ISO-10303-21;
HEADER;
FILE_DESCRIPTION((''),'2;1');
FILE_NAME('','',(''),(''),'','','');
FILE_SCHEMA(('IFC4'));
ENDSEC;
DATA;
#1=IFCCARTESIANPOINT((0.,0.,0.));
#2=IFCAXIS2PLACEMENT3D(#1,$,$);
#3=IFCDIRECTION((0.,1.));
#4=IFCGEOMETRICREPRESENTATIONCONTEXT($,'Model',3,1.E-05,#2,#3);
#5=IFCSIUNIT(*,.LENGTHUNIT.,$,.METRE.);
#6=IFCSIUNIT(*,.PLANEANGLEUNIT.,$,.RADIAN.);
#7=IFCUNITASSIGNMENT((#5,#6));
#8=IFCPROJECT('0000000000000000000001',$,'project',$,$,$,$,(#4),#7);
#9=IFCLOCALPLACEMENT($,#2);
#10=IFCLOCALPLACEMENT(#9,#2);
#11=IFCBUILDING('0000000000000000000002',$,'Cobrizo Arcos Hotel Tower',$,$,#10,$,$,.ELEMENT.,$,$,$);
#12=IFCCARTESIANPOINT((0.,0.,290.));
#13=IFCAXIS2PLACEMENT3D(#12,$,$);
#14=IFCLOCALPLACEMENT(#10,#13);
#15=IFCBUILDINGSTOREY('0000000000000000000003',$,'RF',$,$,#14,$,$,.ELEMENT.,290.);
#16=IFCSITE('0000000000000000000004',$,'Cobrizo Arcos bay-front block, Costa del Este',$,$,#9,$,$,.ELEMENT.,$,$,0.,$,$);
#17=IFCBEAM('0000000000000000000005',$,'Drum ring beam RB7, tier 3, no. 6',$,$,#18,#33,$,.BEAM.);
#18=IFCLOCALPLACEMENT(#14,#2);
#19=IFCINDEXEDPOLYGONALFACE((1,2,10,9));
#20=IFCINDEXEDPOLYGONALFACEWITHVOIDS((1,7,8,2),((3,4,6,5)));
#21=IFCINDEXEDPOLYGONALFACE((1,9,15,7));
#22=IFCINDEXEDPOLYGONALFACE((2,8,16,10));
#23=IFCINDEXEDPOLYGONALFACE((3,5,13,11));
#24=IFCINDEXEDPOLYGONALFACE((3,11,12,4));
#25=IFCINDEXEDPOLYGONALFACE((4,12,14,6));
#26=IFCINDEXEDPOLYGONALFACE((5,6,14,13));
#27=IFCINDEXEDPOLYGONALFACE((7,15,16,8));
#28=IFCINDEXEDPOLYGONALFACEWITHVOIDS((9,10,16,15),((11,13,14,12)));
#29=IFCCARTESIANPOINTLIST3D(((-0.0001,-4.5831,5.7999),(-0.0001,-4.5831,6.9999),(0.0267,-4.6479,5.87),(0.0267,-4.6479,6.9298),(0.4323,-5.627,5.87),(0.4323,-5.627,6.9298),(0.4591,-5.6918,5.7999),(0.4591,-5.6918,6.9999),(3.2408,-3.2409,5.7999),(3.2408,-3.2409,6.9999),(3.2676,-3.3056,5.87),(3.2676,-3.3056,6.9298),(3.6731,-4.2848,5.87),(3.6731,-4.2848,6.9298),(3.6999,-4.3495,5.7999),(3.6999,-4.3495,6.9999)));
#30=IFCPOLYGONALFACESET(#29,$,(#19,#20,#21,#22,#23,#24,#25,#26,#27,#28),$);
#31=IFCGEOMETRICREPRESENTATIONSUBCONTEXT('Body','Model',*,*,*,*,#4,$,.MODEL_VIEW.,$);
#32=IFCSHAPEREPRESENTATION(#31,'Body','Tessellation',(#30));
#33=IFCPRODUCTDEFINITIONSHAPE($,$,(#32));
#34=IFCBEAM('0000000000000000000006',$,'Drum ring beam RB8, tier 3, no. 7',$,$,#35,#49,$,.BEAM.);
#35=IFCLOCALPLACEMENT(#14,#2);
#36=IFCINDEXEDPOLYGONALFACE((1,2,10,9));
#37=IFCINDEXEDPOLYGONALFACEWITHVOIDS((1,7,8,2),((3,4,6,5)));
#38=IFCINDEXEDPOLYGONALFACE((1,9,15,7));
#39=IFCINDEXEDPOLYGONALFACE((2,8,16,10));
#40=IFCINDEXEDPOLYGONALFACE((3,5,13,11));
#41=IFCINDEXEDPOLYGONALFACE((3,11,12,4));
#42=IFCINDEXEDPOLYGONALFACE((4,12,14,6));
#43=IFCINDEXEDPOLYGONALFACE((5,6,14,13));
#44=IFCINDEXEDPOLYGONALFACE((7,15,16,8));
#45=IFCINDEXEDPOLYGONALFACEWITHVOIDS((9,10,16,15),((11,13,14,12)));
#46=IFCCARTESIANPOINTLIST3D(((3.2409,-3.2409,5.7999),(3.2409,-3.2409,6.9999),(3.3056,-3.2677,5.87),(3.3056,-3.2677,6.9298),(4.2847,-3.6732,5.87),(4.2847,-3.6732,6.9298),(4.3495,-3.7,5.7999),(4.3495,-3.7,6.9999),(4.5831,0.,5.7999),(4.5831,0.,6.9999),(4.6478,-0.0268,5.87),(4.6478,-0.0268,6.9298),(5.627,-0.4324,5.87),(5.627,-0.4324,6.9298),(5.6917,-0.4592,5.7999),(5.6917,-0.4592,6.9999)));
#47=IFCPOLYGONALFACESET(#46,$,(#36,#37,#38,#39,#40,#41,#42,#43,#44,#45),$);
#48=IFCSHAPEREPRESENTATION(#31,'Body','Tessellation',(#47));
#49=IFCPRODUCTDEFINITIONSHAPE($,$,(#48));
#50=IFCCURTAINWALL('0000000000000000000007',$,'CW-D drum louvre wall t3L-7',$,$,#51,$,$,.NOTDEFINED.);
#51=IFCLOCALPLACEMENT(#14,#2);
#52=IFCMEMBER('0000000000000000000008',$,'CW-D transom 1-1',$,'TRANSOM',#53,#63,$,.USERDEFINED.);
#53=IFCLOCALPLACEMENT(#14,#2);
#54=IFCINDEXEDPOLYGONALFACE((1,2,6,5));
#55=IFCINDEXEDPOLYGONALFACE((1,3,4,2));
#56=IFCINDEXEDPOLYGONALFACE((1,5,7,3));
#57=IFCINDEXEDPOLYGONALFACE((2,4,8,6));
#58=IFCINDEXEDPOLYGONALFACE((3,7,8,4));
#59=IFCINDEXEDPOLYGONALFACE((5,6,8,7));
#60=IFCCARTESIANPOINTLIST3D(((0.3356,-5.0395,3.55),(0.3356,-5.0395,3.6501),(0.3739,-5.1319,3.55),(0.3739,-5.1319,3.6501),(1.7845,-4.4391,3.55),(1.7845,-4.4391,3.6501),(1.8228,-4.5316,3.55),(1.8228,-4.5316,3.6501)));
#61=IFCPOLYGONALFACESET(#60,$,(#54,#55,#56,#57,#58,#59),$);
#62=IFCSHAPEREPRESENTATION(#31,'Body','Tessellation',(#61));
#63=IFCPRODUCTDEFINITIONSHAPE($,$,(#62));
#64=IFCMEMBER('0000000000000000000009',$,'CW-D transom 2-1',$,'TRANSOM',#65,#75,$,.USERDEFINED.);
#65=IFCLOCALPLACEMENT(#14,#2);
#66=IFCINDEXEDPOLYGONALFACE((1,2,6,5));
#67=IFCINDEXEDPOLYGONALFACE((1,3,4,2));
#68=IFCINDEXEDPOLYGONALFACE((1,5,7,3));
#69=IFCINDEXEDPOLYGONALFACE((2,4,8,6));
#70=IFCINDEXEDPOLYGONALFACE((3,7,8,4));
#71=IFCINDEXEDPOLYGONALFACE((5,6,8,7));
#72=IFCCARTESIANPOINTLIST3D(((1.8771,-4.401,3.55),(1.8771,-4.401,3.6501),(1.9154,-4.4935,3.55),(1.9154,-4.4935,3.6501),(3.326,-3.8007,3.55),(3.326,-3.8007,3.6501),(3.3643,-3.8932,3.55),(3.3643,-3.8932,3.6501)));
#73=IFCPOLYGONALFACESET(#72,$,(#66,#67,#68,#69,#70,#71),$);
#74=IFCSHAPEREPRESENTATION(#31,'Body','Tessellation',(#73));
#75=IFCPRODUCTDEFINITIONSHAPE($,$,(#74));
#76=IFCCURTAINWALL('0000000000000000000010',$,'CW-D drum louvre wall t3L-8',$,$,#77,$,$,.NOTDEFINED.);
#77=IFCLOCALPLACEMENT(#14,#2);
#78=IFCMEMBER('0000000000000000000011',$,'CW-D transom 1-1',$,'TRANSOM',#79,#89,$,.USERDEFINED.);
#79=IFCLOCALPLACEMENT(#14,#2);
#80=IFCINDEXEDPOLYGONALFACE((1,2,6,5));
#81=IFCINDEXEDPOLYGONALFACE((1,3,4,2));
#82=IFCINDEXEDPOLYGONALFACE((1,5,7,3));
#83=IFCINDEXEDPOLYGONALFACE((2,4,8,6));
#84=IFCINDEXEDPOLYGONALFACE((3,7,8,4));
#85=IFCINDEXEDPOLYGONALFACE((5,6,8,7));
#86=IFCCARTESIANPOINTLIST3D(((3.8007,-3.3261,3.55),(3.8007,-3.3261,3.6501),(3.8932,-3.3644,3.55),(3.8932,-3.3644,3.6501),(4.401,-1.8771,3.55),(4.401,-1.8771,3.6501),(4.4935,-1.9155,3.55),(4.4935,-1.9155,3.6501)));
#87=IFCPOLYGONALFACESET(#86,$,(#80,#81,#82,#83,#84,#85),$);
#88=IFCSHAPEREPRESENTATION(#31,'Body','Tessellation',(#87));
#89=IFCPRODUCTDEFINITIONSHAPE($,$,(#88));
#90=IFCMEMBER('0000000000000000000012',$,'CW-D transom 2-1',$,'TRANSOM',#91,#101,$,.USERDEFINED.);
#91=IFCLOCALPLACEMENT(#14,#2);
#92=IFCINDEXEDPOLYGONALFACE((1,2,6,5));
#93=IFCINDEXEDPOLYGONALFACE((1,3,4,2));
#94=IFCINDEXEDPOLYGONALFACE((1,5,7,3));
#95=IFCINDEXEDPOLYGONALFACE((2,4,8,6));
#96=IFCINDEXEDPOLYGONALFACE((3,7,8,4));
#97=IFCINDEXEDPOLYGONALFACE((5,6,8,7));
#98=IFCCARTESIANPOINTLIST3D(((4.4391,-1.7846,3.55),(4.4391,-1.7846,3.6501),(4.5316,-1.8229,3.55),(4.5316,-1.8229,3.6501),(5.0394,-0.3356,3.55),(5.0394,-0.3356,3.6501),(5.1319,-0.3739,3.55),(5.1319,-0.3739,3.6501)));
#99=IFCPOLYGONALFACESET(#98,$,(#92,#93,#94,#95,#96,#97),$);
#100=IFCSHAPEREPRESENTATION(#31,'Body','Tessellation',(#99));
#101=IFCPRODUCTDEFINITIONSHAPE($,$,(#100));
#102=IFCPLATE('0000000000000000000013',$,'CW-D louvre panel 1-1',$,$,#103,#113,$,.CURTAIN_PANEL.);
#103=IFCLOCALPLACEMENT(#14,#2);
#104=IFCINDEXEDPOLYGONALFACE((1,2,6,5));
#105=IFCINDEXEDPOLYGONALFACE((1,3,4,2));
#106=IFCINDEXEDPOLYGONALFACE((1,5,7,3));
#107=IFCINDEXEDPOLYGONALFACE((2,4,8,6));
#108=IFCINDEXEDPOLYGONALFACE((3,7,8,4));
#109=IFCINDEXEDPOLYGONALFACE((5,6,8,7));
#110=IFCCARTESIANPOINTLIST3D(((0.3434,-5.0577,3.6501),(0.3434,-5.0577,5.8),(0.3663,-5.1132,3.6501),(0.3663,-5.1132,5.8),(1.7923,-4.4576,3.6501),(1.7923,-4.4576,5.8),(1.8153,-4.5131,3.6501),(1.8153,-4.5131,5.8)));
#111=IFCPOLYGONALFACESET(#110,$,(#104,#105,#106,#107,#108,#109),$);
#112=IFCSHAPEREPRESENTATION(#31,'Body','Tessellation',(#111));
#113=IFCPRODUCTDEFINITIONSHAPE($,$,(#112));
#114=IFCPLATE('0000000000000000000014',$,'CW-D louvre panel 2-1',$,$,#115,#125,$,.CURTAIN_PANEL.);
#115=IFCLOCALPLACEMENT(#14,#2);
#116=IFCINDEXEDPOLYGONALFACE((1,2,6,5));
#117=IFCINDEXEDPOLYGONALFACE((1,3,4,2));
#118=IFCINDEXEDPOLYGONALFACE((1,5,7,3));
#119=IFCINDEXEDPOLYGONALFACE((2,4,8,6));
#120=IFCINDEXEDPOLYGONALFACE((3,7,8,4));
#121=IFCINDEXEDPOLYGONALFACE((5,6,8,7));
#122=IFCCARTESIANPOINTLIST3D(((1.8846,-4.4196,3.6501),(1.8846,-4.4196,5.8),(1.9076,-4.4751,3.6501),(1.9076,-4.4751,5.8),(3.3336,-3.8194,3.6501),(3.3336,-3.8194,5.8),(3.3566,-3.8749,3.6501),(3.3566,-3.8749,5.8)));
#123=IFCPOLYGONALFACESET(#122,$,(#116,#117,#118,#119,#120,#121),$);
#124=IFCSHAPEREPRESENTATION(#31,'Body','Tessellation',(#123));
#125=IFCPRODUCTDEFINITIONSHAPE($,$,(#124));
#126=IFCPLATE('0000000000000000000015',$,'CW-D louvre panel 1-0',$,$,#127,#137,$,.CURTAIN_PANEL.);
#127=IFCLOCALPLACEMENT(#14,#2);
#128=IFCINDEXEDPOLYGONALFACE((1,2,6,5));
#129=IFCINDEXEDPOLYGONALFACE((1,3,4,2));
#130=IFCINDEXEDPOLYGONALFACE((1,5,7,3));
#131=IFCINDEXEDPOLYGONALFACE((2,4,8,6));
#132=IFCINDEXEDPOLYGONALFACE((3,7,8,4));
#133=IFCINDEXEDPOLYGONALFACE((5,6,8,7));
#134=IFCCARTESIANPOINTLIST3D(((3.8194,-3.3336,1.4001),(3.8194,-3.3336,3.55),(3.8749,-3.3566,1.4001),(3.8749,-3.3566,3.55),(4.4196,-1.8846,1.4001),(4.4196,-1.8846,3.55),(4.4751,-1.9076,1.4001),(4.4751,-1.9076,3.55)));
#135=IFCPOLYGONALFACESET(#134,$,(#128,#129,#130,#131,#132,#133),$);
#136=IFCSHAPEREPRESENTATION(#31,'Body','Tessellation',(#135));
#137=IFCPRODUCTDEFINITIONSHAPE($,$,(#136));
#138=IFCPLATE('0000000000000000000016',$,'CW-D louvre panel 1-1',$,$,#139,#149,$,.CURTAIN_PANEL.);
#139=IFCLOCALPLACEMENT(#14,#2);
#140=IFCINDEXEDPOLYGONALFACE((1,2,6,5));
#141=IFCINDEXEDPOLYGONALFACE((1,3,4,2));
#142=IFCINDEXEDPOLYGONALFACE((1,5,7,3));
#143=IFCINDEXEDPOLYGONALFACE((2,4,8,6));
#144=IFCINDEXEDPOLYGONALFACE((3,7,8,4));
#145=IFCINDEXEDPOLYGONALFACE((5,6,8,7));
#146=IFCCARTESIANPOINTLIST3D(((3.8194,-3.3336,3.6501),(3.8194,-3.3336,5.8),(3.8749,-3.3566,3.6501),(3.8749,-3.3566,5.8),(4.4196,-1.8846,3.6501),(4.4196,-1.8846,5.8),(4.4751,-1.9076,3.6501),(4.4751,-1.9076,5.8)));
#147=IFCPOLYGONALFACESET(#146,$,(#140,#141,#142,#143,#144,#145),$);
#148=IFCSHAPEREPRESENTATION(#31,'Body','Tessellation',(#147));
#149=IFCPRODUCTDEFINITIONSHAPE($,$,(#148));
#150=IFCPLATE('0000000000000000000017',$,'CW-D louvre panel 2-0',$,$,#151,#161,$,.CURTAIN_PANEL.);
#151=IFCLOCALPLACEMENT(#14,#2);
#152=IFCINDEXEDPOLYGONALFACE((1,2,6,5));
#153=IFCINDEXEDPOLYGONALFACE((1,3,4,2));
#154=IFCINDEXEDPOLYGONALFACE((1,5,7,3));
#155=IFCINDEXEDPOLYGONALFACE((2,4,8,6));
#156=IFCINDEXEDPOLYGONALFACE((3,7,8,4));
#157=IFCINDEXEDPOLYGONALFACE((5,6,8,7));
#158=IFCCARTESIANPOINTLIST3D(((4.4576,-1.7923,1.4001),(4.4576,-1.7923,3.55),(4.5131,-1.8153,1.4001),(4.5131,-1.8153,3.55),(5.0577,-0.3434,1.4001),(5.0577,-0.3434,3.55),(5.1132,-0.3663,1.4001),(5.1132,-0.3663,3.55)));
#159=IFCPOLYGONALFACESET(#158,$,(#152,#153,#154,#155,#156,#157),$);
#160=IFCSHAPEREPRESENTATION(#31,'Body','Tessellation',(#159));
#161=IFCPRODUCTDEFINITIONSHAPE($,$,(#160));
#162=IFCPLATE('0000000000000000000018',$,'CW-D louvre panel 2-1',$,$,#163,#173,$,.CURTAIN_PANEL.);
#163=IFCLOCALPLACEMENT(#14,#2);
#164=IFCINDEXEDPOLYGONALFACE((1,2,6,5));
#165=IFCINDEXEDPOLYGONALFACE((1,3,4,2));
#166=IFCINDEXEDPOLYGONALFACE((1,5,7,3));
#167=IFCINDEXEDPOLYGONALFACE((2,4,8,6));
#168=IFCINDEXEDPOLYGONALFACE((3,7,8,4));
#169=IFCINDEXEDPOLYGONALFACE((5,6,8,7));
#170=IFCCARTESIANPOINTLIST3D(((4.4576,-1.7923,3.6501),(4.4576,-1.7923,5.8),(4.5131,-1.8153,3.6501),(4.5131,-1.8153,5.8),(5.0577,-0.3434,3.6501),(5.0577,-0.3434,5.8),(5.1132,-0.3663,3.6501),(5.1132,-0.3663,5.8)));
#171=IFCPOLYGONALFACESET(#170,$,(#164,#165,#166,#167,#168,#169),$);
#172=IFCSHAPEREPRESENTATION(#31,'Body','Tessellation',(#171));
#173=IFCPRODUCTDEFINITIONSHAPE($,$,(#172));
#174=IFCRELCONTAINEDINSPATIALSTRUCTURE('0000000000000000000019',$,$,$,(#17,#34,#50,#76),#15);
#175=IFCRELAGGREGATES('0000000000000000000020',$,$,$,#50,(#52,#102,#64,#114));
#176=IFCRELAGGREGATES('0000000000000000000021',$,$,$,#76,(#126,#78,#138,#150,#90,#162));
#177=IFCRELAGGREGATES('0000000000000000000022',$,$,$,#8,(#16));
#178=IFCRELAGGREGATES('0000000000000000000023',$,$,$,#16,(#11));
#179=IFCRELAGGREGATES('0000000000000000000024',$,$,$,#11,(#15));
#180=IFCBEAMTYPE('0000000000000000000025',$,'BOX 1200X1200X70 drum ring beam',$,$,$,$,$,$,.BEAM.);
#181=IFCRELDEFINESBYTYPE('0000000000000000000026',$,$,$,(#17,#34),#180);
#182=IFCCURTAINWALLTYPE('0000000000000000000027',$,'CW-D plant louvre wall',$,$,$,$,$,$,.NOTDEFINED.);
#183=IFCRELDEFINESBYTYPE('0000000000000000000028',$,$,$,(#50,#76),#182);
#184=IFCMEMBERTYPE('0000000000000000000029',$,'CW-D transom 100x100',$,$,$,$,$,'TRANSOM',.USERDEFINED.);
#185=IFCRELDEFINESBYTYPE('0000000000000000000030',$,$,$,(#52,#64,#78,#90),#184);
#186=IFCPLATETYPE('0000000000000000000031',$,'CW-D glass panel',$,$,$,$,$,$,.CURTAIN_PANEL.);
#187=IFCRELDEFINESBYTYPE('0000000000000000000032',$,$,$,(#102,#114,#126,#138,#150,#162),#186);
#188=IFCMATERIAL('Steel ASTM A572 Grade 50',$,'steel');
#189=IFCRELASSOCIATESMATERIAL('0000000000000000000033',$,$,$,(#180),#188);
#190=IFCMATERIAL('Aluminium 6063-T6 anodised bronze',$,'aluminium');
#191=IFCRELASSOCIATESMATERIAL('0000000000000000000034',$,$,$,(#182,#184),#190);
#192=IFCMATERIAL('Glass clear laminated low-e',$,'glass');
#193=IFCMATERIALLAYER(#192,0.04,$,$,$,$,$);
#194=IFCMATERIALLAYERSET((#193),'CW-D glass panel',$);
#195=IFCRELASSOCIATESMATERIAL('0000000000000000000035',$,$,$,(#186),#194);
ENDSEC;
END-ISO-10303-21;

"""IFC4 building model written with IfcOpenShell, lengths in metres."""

from ifc_helpers import new_model, si_unit, direction, frame, origin, origin_2d, place, context, subcontext, project, spatial, rectangle, hollow_rectangle, extrude, material, layer, layer_set, material_profile, profile_set, type_object, element, aggregate, save


model = new_model("IFC4")

# Units and contexts
model_context = context("Model", 3, precision=1e-05, world=origin(), true_north=direction((0.0, 1.0)))
body_context = subcontext(model_context, "Body", "Model", "MODEL_VIEW")
ifc_project = project(units=[si_unit("LENGTHUNIT", "METRE"), si_unit("PLANEANGLEUNIT", "RADIAN")], contexts=[model_context])

# Site, building, storey
site_placement = place(None, origin())
site = spatial("IfcSite", under=ifc_project, at=site_placement, Name="Cobrizo Arcos bay-front block, Costa del Este", CompositionType="ELEMENT", RefElevation=0.0)
building_placement = place(site_placement, origin())
building = spatial("IfcBuilding", under=site, at=building_placement, Name="Cobrizo Arcos Hotel Tower", CompositionType="ELEMENT")
storey_placement = place(building_placement, frame((0.0, 0.0, 290.0)))
storey = spatial("IfcBuildingStorey", under=building, at=storey_placement, Name="RF", CompositionType="ELEMENT", Elevation=290.0)

# Beams
ifc_material_1 = material(Name="Steel ASTM A572 Grade 50", Category="steel")
ifc_material_profile_1 = material_profile(ifc_material_1, hollow_rectangle(XDim=1.2, YDim=1.2, WallThickness=0.0701, at=origin_2d()), Name="BOX 1200X1200X70")
ifc_profile_set_1 = profile_set([ifc_material_profile_1], Name="Steel ASTM A572 Grade 50")
beam_type = type_object("IfcBeamType", Name="BOX 1200X1200X70 drum ring beam", PredefinedType="BEAM", material=ifc_profile_set_1)
for number, where, z_axis, x_axis, name in (
    (1, (0.2295, -5.1375, 6.3999), (0.923896, 0.382643, 0.0), (-0.382643, 0.923896, 0.0), "Drum ring beam RB7, tier 3, no. 6"),
    (2, (3.7952, -3.4705, 6.3999), (0.382643, 0.923896, 0.0), (-0.923896, 0.382643, 0.0), "Drum ring beam RB8, tier 3, no. 7"),
):
    element("IfcBeam", number, at=place(storey_placement, frame(where, z_axis=z_axis, x_axis=x_axis)), inside=storey, type_object=beam_type, Name=name, PredefinedType="BEAM", context=body_context, shape_type="SweptSolid", body=[
        extrude(hollow_rectangle(XDim=1.2, YDim=1.2, WallThickness=0.0701, at=origin_2d()), origin(), (0.0, 0.0, 1.0), 3.5078),
    ])

# Curtain walls, members
ifc_material_2 = material(Name="Aluminium 6063-T6 anodised bronze", Category="aluminium")
curtain_wall_type = type_object("IfcCurtainWallType", Name="CW-D plant louvre wall", PredefinedType="NOTDEFINED", material=ifc_material_2)
curtain_wall_1_placement = place(storey_placement, origin())
curtain_wall_1 = element("IfcCurtainWall", 3, at=curtain_wall_1_placement, inside=storey, type_object=curtain_wall_type, Name="CW-D drum louvre wall t3L-7", PredefinedType="NOTDEFINED")
ifc_material_profile_2 = material_profile(ifc_material_2, rectangle(XDim=0.1001, YDim=0.1001, at=origin_2d()), Name="CW-D transom 100x100")
ifc_profile_set_2 = profile_set([ifc_material_profile_2], Name="Aluminium 6063-T6 anodised bronze")
member_type = type_object("IfcMemberType", Name="CW-D transom 100x100", ElementType="TRANSOM", PredefinedType="USERDEFINED", material=ifc_profile_set_2)
member_1_placement = place(storey_placement, frame((0.3547, -5.0857, 3.6001), z_axis=(0.923844, 0.382769, 0.0), x_axis=(-0.382769, 0.923844, 0.0)))
member_1 = element("IfcMember", 4, at=member_1_placement, type_object=member_type, Name="CW-D transom 1-1", ObjectType="TRANSOM", PredefinedType="USERDEFINED", context=body_context, shape_type="SweptSolid", body=[
    extrude(rectangle(XDim=0.1001, YDim=0.1001, at=origin_2d()), origin(), (0.0, 0.0, 1.0), 1.5684),
])
member_2_placement = place(storey_placement, frame((1.8962, -4.4473, 3.6001), z_axis=(0.923844, 0.382769, 0.0), x_axis=(-0.382769, 0.923844, 0.0)))
member_2 = element("IfcMember", 5, at=member_2_placement, type_object=member_type, Name="CW-D transom 2-1", ObjectType="TRANSOM", PredefinedType="USERDEFINED", context=body_context, shape_type="SweptSolid", body=[
    extrude(rectangle(XDim=0.1001, YDim=0.1001, at=origin_2d()), origin(), (0.0, 0.0, 1.0), 1.5684),
])
curtain_wall_2_placement = place(storey_placement, origin())
curtain_wall_2 = element("IfcCurtainWall", 6, at=curtain_wall_2_placement, inside=storey, type_object=curtain_wall_type, Name="CW-D drum louvre wall t3L-8", PredefinedType="NOTDEFINED")
member_3_placement = place(storey_placement, frame((3.8469, -3.3452, 3.6001), z_axis=(0.382769, 0.923844, 0.0), x_axis=(-0.923844, 0.382769, 0.0)))
member_3 = element("IfcMember", 7, at=member_3_placement, type_object=member_type, Name="CW-D transom 1-1", ObjectType="TRANSOM", PredefinedType="USERDEFINED", context=body_context, shape_type="SweptSolid", body=[
    extrude(rectangle(XDim=0.1001, YDim=0.1001, at=origin_2d()), origin(), (0.0, 0.0, 1.0), 1.5684),
])
member_4_placement = place(storey_placement, frame((4.4854, -1.8037, 3.6001), z_axis=(0.382769, 0.923844, 0.0), x_axis=(-0.923844, 0.382769, 0.0)))
member_4 = element("IfcMember", 8, at=member_4_placement, type_object=member_type, Name="CW-D transom 2-1", ObjectType="TRANSOM", PredefinedType="USERDEFINED", context=body_context, shape_type="SweptSolid", body=[
    extrude(rectangle(XDim=0.1001, YDim=0.1001, at=origin_2d()), origin(), (0.0, 0.0, 1.0), 1.5684),
])

# Plates
ifc_material_3 = material(Name="Glass clear laminated low-e", Category="glass")
ifc_layer_1 = layer(ifc_material_3, 0.04)
ifc_layer_set_1 = layer_set([ifc_layer_1], Name="CW-D glass panel")
plate_type = type_object("IfcPlateType", Name="CW-D glass panel", PredefinedType="CURTAIN_PANEL", material=ifc_layer_set_1)
plate_1_placement = place(storey_placement, frame((1.0793, -4.7854, 3.6501), z_axis=(0.0, 0.0, 1.0), x_axis=(0.92388, 0.382683, 0.0)))
plate_1 = element("IfcPlate", 9, at=plate_1_placement, type_object=plate_type, Name="CW-D louvre panel 1-1", PredefinedType="CURTAIN_PANEL", context=body_context, shape_type="SweptSolid", body=[
    extrude(rectangle(XDim=1.5684, YDim=0.0601, at=origin_2d()), origin(), (0.0, 0.0, 1.0), 2.1499),
])
plate_2_placement = place(storey_placement, frame((2.6206, -4.1472, 3.6501), z_axis=(0.0, 0.0, 1.0), x_axis=(0.92388, 0.382683, 0.0)))
plate_2 = element("IfcPlate", 10, at=plate_2_placement, type_object=plate_type, Name="CW-D louvre panel 2-1", PredefinedType="CURTAIN_PANEL", context=body_context, shape_type="SweptSolid", body=[
    extrude(rectangle(XDim=1.5684, YDim=0.0601, at=origin_2d()), origin(), (0.0, 0.0, 1.0), 2.1499),
])
aggregate(curtain_wall_1, [member_1, plate_1, member_2, plate_2])
plate_3_placement = place(storey_placement, frame((4.1472, -2.6206, 1.4001), z_axis=(0.0, 0.0, 1.0), x_axis=(0.382683, 0.92388, 0.0)))
plate_3 = element("IfcPlate", 11, at=plate_3_placement, type_object=plate_type, Name="CW-D louvre panel 1-0", PredefinedType="CURTAIN_PANEL", context=body_context, shape_type="SweptSolid", body=[
    extrude(rectangle(XDim=1.5684, YDim=0.0601, at=origin_2d()), origin(), (0.0, 0.0, 1.0), 2.1499),
])
plate_4_placement = place(storey_placement, frame((4.1472, -2.6206, 3.6501), z_axis=(0.0, 0.0, 1.0), x_axis=(0.382683, 0.92388, 0.0)))
plate_4 = element("IfcPlate", 12, at=plate_4_placement, type_object=plate_type, Name="CW-D louvre panel 1-1", PredefinedType="CURTAIN_PANEL", context=body_context, shape_type="SweptSolid", body=[
    extrude(rectangle(XDim=1.5684, YDim=0.0601, at=origin_2d()), origin(), (0.0, 0.0, 1.0), 2.1499),
])
plate_5_placement = place(storey_placement, frame((4.7854, -1.0793, 1.4001), z_axis=(0.0, 0.0, 1.0), x_axis=(0.382683, 0.92388, 0.0)))
plate_5 = element("IfcPlate", 13, at=plate_5_placement, type_object=plate_type, Name="CW-D louvre panel 2-0", PredefinedType="CURTAIN_PANEL", context=body_context, shape_type="SweptSolid", body=[
    extrude(rectangle(XDim=1.5684, YDim=0.0601, at=origin_2d()), origin(), (0.0, 0.0, 1.0), 2.1499),
])
plate_6_placement = place(storey_placement, frame((4.7854, -1.0793, 3.6501), z_axis=(0.0, 0.0, 1.0), x_axis=(0.382683, 0.92388, 0.0)))
plate_6 = element("IfcPlate", 14, at=plate_6_placement, type_object=plate_type, Name="CW-D louvre panel 2-1", PredefinedType="CURTAIN_PANEL", context=body_context, shape_type="SweptSolid", body=[
    extrude(rectangle(XDim=1.5684, YDim=0.0601, at=origin_2d()), origin(), (0.0, 0.0, 1.0), 2.1499),
])
aggregate(curtain_wall_2, [plate_3, member_3, plate_4, plate_5, member_4, plate_6])

save(model, "model.ifc")
